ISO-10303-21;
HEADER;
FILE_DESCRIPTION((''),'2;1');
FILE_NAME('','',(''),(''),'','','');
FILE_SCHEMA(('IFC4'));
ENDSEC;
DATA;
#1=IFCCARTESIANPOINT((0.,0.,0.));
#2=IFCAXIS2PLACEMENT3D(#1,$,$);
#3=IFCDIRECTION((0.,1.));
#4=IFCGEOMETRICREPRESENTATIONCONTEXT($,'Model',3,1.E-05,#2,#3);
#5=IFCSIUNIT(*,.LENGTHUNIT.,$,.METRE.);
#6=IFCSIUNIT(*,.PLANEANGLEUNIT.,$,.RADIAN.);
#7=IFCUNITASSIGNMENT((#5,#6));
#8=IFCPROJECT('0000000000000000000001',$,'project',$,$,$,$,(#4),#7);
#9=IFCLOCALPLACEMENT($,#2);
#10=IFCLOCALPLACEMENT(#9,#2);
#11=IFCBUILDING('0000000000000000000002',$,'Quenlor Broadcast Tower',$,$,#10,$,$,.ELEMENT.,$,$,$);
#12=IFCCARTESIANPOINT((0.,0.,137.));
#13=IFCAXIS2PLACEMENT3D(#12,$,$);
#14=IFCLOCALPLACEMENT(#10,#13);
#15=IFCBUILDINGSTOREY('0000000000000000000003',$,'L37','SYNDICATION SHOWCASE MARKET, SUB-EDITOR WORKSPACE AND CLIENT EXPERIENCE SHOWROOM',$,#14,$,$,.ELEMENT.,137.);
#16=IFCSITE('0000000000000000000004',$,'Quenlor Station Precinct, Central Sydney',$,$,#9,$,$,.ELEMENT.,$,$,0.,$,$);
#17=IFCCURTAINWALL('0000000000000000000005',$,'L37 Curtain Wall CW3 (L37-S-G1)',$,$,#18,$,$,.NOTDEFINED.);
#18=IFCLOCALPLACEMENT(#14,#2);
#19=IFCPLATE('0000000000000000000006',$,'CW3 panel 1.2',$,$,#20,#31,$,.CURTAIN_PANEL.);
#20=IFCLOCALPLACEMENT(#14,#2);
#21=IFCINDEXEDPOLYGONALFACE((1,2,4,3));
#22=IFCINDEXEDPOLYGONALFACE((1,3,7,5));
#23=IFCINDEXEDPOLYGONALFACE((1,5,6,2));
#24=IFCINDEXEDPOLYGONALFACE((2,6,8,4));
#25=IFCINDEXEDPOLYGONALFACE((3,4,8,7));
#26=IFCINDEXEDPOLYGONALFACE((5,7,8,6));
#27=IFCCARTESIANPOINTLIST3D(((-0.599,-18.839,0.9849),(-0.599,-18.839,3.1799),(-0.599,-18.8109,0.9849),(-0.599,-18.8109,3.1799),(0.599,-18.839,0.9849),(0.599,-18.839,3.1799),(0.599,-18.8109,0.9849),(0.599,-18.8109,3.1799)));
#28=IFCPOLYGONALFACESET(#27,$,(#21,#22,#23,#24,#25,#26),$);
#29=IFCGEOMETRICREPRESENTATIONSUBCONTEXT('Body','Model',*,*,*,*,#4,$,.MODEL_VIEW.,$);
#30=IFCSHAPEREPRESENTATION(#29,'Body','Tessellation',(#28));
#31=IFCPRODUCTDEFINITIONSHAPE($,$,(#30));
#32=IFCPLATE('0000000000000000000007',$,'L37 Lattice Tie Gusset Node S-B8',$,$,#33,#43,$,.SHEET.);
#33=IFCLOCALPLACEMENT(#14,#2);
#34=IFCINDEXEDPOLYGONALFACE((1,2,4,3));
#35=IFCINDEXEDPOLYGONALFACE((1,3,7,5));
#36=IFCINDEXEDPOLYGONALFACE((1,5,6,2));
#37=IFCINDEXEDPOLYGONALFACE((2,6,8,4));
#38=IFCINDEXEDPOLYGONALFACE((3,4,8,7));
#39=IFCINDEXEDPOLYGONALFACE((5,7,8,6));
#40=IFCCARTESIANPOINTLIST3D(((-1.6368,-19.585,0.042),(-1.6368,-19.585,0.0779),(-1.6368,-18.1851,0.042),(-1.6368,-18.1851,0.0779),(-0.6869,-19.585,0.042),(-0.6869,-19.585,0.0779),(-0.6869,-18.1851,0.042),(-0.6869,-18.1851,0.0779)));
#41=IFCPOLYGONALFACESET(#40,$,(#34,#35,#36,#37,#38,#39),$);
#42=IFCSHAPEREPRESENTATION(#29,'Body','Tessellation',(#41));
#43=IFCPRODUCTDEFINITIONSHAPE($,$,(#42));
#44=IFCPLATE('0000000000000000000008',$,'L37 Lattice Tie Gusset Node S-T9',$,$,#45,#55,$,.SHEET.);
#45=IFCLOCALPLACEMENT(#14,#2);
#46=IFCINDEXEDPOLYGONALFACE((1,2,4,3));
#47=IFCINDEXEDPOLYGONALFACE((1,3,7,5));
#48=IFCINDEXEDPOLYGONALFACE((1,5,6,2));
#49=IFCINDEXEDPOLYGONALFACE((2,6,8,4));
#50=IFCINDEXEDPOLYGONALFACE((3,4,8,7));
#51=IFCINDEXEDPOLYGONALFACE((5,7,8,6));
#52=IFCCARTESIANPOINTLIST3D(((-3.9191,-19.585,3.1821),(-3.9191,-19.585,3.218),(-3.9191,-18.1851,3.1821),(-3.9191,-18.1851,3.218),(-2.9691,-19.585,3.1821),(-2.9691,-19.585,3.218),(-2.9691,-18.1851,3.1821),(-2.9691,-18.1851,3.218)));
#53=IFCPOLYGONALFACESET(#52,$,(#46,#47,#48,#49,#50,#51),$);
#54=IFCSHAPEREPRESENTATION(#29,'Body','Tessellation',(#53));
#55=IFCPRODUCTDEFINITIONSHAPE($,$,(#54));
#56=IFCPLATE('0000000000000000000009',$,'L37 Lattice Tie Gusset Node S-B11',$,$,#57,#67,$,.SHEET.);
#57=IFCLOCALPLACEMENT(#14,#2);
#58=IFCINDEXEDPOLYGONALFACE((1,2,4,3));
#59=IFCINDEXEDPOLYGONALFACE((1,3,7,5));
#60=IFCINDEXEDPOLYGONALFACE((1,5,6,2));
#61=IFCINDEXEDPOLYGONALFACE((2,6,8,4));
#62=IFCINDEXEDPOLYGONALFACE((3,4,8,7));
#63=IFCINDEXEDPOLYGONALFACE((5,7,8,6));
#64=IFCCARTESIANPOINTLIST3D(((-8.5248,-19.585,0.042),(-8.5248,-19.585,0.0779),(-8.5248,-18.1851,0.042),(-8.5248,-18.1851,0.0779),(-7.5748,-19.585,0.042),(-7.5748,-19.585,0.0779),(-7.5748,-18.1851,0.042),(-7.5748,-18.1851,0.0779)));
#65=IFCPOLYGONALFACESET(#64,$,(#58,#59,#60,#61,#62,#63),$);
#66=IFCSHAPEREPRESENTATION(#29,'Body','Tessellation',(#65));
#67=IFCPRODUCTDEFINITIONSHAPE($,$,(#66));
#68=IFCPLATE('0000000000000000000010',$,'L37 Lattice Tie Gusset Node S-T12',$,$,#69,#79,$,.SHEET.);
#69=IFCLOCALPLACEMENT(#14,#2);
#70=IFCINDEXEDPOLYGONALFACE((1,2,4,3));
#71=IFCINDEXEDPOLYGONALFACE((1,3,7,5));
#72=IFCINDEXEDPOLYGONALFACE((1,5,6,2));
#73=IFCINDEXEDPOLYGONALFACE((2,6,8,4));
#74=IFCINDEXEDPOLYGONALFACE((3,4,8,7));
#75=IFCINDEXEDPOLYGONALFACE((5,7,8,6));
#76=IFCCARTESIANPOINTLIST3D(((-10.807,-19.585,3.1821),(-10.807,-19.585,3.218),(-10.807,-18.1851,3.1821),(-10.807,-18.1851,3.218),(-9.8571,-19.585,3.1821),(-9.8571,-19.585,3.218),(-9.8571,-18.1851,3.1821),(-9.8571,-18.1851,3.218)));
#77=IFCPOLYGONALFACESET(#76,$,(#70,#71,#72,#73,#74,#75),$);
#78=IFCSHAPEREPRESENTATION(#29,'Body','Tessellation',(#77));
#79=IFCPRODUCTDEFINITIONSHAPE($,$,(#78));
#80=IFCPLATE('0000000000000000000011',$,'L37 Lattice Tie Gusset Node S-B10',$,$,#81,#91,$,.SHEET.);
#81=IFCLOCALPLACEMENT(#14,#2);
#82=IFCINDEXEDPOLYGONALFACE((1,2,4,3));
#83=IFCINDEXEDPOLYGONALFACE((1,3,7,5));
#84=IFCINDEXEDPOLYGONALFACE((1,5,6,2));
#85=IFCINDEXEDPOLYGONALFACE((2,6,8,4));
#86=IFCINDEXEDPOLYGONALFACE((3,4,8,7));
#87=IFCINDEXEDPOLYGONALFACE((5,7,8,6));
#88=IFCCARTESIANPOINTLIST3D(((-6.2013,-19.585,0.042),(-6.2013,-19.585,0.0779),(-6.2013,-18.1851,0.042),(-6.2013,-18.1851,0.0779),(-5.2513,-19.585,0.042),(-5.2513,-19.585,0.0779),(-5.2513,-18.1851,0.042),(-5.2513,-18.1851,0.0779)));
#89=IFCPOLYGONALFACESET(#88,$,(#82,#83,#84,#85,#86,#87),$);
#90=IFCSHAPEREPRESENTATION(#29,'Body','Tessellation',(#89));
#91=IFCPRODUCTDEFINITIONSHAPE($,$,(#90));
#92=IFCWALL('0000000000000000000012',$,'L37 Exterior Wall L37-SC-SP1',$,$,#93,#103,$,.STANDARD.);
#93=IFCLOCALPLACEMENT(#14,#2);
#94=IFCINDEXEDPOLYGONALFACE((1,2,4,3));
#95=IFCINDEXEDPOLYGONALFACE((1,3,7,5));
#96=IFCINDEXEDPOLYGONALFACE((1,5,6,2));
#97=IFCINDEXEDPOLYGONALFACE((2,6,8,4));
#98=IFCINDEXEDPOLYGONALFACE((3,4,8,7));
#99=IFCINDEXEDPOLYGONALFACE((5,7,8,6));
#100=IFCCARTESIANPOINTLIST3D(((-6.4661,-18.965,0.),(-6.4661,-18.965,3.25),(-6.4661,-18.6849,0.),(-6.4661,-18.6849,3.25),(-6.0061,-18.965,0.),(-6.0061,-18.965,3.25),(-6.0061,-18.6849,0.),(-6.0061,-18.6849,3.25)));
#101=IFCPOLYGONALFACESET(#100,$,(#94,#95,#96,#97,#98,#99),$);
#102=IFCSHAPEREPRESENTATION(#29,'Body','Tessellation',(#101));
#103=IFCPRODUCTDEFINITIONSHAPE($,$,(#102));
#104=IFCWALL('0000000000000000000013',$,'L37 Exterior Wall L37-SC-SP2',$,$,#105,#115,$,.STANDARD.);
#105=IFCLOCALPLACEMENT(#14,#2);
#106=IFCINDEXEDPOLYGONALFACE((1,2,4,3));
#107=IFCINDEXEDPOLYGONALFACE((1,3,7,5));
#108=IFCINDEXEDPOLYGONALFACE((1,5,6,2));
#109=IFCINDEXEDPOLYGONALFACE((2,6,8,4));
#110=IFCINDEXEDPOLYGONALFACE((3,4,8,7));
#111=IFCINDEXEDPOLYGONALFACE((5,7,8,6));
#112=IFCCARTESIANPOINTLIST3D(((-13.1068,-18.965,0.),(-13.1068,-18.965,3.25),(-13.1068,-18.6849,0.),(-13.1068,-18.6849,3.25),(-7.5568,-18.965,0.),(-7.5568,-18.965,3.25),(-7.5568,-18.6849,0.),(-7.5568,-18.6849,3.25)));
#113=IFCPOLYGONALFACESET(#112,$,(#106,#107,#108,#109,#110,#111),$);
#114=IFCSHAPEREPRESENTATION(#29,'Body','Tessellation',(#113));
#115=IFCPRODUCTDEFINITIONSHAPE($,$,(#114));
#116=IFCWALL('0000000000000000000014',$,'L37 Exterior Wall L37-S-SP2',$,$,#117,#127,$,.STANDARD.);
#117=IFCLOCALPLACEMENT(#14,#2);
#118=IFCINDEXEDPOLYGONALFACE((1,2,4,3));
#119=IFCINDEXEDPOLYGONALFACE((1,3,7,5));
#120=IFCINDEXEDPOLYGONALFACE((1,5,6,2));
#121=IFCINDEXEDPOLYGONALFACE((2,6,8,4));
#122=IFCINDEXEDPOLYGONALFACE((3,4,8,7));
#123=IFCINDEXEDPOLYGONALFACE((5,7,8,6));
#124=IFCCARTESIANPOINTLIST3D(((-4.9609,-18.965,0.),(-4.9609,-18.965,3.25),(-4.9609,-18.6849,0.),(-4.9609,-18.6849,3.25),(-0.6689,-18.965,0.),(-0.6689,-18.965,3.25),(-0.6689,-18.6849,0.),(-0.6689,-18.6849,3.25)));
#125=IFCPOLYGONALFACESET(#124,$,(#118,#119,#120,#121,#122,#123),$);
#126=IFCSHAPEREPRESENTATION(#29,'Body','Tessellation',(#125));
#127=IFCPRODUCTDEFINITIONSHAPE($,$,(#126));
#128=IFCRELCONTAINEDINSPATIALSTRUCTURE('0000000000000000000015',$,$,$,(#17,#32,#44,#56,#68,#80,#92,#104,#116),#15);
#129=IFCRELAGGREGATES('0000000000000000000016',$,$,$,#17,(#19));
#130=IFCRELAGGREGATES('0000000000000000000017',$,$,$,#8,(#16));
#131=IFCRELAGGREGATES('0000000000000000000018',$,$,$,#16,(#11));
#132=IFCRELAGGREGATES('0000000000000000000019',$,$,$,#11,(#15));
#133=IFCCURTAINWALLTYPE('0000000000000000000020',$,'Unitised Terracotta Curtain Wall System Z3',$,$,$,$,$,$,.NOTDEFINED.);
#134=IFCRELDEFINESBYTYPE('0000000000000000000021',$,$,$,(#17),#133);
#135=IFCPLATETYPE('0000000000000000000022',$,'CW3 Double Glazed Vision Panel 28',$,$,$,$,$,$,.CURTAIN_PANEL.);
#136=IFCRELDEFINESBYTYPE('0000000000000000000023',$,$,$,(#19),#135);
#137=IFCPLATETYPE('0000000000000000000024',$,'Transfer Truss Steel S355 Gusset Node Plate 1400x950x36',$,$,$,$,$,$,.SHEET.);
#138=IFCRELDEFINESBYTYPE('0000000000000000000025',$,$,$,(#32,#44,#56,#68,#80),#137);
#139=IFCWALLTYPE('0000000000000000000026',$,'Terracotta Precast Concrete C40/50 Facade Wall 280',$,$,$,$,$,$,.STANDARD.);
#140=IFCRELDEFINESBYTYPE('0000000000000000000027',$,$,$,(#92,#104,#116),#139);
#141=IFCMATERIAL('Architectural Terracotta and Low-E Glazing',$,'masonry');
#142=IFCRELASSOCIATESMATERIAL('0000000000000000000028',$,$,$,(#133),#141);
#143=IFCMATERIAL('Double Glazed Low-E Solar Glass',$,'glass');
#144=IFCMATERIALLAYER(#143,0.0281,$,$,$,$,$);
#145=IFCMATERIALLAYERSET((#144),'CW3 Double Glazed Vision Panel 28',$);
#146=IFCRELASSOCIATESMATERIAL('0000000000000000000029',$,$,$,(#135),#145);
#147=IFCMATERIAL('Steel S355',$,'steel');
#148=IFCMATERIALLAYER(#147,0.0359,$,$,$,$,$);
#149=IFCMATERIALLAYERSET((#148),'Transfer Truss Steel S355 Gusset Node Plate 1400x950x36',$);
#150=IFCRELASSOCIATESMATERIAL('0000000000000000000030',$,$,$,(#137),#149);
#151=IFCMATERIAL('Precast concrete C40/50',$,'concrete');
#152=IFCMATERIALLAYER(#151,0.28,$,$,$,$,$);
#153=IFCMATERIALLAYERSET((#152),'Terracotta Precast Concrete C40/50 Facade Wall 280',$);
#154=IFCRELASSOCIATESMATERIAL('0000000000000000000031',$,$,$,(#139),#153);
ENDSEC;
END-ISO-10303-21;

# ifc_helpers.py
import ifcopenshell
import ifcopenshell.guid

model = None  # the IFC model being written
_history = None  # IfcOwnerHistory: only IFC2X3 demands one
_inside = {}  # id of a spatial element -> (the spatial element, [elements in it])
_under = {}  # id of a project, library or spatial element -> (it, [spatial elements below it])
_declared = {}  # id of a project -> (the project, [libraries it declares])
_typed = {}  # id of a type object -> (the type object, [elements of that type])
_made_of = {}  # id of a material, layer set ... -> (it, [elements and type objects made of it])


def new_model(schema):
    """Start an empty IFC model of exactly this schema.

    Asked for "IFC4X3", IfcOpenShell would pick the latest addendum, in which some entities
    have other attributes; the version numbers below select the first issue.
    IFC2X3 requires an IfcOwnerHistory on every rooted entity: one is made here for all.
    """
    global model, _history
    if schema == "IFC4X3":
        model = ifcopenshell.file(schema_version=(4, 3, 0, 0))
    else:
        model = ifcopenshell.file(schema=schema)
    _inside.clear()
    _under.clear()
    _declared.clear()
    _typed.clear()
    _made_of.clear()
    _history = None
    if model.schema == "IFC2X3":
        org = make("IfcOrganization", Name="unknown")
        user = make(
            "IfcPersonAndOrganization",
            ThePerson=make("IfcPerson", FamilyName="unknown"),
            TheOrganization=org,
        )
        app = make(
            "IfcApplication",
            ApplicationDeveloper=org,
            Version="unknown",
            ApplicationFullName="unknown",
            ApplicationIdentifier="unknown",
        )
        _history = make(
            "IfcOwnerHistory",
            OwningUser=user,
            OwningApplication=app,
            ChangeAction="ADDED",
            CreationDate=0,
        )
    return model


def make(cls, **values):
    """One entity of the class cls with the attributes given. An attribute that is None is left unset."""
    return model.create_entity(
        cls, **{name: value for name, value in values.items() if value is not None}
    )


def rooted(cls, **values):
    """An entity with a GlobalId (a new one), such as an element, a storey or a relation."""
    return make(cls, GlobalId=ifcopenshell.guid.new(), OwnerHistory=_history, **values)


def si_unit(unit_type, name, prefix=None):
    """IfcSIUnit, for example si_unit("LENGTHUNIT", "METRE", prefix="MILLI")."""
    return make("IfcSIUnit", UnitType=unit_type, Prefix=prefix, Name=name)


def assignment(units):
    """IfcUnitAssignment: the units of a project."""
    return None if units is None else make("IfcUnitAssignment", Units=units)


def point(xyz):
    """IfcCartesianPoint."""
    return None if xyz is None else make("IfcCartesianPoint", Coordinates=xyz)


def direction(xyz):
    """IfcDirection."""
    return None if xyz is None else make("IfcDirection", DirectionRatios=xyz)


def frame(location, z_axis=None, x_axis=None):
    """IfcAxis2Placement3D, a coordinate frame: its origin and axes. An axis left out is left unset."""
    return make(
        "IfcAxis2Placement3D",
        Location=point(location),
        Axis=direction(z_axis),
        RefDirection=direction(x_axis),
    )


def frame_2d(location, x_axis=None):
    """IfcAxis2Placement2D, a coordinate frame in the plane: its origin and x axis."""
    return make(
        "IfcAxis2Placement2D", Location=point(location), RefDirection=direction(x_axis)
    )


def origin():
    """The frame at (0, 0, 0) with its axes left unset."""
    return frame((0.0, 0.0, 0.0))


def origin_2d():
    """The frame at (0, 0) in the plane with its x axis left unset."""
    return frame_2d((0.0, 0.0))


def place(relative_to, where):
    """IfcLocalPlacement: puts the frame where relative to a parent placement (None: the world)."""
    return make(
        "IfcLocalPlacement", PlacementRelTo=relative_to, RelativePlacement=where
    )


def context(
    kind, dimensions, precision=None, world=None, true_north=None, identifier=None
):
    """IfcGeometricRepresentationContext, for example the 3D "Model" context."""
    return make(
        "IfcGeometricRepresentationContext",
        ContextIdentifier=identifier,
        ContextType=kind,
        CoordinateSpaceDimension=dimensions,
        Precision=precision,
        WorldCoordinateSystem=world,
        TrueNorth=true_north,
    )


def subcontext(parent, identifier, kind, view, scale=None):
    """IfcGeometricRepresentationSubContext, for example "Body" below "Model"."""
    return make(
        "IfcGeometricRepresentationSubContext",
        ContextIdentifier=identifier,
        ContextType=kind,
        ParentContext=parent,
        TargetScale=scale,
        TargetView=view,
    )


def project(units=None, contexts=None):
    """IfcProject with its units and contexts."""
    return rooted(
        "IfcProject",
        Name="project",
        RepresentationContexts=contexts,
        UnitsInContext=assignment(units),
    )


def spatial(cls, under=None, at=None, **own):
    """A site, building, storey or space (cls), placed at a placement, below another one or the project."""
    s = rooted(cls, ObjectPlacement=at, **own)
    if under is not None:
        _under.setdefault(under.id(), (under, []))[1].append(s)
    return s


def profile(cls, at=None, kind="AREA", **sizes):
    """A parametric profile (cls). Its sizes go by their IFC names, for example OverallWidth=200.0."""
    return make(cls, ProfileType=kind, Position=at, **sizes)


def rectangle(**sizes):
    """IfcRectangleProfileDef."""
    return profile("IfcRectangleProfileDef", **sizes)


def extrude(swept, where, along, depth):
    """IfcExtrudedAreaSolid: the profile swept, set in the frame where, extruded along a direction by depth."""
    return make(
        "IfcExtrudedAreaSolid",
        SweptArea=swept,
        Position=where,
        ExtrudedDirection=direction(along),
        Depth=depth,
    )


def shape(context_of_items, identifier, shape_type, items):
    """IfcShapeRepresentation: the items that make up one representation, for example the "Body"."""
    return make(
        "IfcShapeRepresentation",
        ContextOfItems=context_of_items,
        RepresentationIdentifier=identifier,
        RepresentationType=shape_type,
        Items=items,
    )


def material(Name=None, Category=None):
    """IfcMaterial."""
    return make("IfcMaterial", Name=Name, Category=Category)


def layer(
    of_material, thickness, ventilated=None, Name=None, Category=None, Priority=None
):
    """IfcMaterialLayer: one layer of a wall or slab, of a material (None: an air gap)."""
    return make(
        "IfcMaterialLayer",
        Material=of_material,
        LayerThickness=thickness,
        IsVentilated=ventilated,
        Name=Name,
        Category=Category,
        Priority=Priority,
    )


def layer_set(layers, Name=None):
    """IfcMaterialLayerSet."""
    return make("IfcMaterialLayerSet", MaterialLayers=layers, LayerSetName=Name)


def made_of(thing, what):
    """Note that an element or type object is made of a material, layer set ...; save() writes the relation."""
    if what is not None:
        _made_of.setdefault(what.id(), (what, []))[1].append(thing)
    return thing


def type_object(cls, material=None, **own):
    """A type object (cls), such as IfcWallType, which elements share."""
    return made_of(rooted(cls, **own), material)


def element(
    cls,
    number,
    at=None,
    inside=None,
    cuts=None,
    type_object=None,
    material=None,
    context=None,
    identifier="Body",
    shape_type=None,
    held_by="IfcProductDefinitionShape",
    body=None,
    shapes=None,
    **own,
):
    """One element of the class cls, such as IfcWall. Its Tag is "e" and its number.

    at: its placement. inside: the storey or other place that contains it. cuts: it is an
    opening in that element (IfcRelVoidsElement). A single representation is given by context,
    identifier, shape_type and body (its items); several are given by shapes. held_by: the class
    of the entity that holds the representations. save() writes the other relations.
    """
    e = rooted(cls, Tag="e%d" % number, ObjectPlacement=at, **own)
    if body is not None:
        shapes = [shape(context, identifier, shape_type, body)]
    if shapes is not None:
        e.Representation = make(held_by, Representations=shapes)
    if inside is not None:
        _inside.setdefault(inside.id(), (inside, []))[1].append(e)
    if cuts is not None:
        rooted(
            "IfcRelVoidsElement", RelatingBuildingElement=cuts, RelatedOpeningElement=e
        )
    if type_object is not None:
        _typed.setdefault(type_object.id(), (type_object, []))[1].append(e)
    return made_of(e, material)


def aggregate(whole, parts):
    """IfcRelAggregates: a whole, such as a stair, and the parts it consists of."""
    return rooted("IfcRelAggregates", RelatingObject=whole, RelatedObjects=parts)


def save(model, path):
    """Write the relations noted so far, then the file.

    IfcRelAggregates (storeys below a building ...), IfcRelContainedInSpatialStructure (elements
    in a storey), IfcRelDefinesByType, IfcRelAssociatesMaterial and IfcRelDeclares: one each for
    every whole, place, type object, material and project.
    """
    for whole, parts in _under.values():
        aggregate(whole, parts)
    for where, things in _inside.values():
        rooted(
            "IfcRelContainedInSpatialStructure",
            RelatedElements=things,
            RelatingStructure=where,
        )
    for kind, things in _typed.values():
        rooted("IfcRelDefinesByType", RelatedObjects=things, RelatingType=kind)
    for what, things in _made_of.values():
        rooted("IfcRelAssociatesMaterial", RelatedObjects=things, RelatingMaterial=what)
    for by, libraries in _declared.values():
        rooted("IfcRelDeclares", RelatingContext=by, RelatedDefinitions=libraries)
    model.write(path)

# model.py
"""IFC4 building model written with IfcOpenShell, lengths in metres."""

from ifc_helpers import new_model, si_unit, direction, frame, frame_2d, origin, origin_2d, place, context, subcontext, project, spatial, rectangle, extrude, material, layer, layer_set, type_object, element, aggregate, save


model = new_model("IFC4")

# Units and contexts
model_context = context("Model", 3, precision=1e-05, world=origin(), true_north=direction((0.0, 1.0)))
body_context = subcontext(model_context, "Body", "Model", "MODEL_VIEW")
ifc_project = project(units=[si_unit("LENGTHUNIT", "METRE"), si_unit("PLANEANGLEUNIT", "RADIAN")], contexts=[model_context])

# Site, building, storey
site_placement = place(None, origin())
site = spatial("IfcSite", under=ifc_project, at=site_placement, Name="Quenlor Station Precinct, Central Sydney", CompositionType="ELEMENT", RefElevation=0.0)
building_placement = place(site_placement, origin())
building = spatial("IfcBuilding", under=site, at=building_placement, Name="Quenlor Broadcast Tower", CompositionType="ELEMENT")
storey_placement = place(building_placement, frame((0.0, 0.0, 137.0)))
storey = spatial("IfcBuildingStorey", under=building, at=storey_placement, Name="L37", Description="SYNDICATION SHOWCASE MARKET, SUB-EDITOR WORKSPACE AND CLIENT EXPERIENCE SHOWROOM", CompositionType="ELEMENT", Elevation=137.0)

# Shared definitions
ifc_material_1 = material(Name="Architectural Terracotta and Low-E Glazing", Category="masonry")
curtain_wall_type = type_object("IfcCurtainWallType", Name="Unitised Terracotta Curtain Wall System Z3", PredefinedType="NOTDEFINED", material=ifc_material_1)

# Curtain wall
curtain_wall_1_placement = place(storey_placement, origin())
curtain_wall_1 = element("IfcCurtainWall", 1, at=curtain_wall_1_placement, inside=storey, type_object=curtain_wall_type, Name="L37 Curtain Wall CW3 (L37-S-G1)", PredefinedType="NOTDEFINED")

# Plate
ifc_material_2 = material(Name="Double Glazed Low-E Solar Glass", Category="glass")
ifc_layer_1 = layer(ifc_material_2, 0.0281)
ifc_layer_set_1 = layer_set([ifc_layer_1], Name="CW3 Double Glazed Vision Panel 28")
plate_type_1 = type_object("IfcPlateType", Name="CW3 Double Glazed Vision Panel 28", PredefinedType="CURTAIN_PANEL", material=ifc_layer_set_1)
plate_1_placement = place(storey_placement, frame((0.0, -18.825, 0.9849), z_axis=(0.0, 0.0, 1.0), x_axis=(-1.0, 0.0, 0.0)))
plate_1 = element("IfcPlate", 2, at=plate_1_placement, type_object=plate_type_1, Name="CW3 panel 1.2", PredefinedType="CURTAIN_PANEL", context=body_context, shape_type="SweptSolid", body=[
    extrude(rectangle(XDim=1.198, YDim=0.0281, at=origin_2d()), origin(), (0.0, 0.0, 1.0), 2.1951),
])
aggregate(curtain_wall_1, [plate_1])

# Plates
ifc_material_3 = material(Name="Steel S355", Category="steel")
ifc_layer_2 = layer(ifc_material_3, 0.0359)
ifc_layer_set_2 = layer_set([ifc_layer_2], Name="Transfer Truss Steel S355 Gusset Node Plate 1400x950x36")
plate_type_2 = type_object("IfcPlateType", Name="Transfer Truss Steel S355 Gusset Node Plate 1400x950x36", PredefinedType="SHEET", material=ifc_layer_set_2)
for number, where, z_axis, x_axis, name in (
    (3, (-1.1619, -18.885, 0.042), (0.0, 0.0, 1.0), (0.0, -1.0, 0.0), "L37 Lattice Tie Gusset Node S-B8"),
    (4, (-3.4441, -18.885, 3.1821), (0.0, 0.0, 1.0), (0.0, -1.0, 0.0), "L37 Lattice Tie Gusset Node S-T9"),
    (5, (-8.0498, -18.885, 0.042), (0.0, 0.0, 1.0), (0.0, -1.0, 0.0), "L37 Lattice Tie Gusset Node S-B11"),
    (6, (-10.332, -18.885, 3.1821), (0.0, 0.0, 1.0), (0.0, -1.0, 0.0), "L37 Lattice Tie Gusset Node S-T12"),
    (7, (-5.7263, -18.885, 0.042), (0.0, 0.0, 1.0), (0.0, -1.0, 0.0), "L37 Lattice Tie Gusset Node S-B10"),
):
    element("IfcPlate", number, at=place(storey_placement, frame(where, z_axis=z_axis, x_axis=x_axis)), inside=storey, type_object=plate_type_2, Name=name, PredefinedType="SHEET", context=body_context, shape_type="SweptSolid", body=[
        extrude(rectangle(XDim=1.3999, YDim=0.95, at=origin_2d()), origin(), (0.0, 0.0, 1.0), 0.0359),
    ])

# Walls
ifc_material_4 = material(Name="Precast concrete C40/50", Category="concrete")
ifc_layer_3 = layer(ifc_material_4, 0.28)
ifc_layer_set_3 = layer_set([ifc_layer_3], Name="Terracotta Precast Concrete C40/50 Facade Wall 280")
wall_type = type_object("IfcWallType", Name="Terracotta Precast Concrete C40/50 Facade Wall 280", PredefinedType="STANDARD", material=ifc_layer_set_3)
wall_1_placement = place(storey_placement, frame((-6.0061, -18.825, 0.0), z_axis=(0.0, 0.0, 1.0), x_axis=(-1.0, 0.0, 0.0)))
element("IfcWall", 8, at=wall_1_placement, inside=storey, type_object=wall_type, Name="L37 Exterior Wall L37-SC-SP1", PredefinedType="STANDARD", context=body_context, shape_type="SweptSolid", body=[
    extrude(rectangle(XDim=0.46, YDim=0.28, at=frame_2d((0.23, 0.0))), origin(), (0.0, 0.0, 1.0), 3.25),
])
wall_2_placement = place(storey_placement, frame((-7.5569, -18.825, 0.0), z_axis=(0.0, 0.0, 1.0), x_axis=(-1.0, 0.0, 0.0)))
element("IfcWall", 9, at=wall_2_placement, inside=storey, type_object=wall_type, Name="L37 Exterior Wall L37-SC-SP2", PredefinedType="STANDARD", context=body_context, shape_type="SweptSolid", body=[
    extrude(rectangle(XDim=5.55, YDim=0.28, at=frame_2d((2.7749, 0.0))), origin(), (0.0, 0.0, 1.0), 3.25),
])
wall_3_placement = place(storey_placement, frame((-0.6689, -18.825, 0.0), z_axis=(0.0, 0.0, 1.0), x_axis=(-1.0, 0.0, 0.0)))
element("IfcWall", 10, at=wall_3_placement, inside=storey, type_object=wall_type, Name="L37 Exterior Wall L37-S-SP2", PredefinedType="STANDARD", context=body_context, shape_type="SweptSolid", body=[
    extrude(rectangle(XDim=4.292, YDim=0.28, at=frame_2d((2.146, 0.0))), origin(), (0.0, 0.0, 1.0), 3.25),
])

save(model, "model.ifc")
